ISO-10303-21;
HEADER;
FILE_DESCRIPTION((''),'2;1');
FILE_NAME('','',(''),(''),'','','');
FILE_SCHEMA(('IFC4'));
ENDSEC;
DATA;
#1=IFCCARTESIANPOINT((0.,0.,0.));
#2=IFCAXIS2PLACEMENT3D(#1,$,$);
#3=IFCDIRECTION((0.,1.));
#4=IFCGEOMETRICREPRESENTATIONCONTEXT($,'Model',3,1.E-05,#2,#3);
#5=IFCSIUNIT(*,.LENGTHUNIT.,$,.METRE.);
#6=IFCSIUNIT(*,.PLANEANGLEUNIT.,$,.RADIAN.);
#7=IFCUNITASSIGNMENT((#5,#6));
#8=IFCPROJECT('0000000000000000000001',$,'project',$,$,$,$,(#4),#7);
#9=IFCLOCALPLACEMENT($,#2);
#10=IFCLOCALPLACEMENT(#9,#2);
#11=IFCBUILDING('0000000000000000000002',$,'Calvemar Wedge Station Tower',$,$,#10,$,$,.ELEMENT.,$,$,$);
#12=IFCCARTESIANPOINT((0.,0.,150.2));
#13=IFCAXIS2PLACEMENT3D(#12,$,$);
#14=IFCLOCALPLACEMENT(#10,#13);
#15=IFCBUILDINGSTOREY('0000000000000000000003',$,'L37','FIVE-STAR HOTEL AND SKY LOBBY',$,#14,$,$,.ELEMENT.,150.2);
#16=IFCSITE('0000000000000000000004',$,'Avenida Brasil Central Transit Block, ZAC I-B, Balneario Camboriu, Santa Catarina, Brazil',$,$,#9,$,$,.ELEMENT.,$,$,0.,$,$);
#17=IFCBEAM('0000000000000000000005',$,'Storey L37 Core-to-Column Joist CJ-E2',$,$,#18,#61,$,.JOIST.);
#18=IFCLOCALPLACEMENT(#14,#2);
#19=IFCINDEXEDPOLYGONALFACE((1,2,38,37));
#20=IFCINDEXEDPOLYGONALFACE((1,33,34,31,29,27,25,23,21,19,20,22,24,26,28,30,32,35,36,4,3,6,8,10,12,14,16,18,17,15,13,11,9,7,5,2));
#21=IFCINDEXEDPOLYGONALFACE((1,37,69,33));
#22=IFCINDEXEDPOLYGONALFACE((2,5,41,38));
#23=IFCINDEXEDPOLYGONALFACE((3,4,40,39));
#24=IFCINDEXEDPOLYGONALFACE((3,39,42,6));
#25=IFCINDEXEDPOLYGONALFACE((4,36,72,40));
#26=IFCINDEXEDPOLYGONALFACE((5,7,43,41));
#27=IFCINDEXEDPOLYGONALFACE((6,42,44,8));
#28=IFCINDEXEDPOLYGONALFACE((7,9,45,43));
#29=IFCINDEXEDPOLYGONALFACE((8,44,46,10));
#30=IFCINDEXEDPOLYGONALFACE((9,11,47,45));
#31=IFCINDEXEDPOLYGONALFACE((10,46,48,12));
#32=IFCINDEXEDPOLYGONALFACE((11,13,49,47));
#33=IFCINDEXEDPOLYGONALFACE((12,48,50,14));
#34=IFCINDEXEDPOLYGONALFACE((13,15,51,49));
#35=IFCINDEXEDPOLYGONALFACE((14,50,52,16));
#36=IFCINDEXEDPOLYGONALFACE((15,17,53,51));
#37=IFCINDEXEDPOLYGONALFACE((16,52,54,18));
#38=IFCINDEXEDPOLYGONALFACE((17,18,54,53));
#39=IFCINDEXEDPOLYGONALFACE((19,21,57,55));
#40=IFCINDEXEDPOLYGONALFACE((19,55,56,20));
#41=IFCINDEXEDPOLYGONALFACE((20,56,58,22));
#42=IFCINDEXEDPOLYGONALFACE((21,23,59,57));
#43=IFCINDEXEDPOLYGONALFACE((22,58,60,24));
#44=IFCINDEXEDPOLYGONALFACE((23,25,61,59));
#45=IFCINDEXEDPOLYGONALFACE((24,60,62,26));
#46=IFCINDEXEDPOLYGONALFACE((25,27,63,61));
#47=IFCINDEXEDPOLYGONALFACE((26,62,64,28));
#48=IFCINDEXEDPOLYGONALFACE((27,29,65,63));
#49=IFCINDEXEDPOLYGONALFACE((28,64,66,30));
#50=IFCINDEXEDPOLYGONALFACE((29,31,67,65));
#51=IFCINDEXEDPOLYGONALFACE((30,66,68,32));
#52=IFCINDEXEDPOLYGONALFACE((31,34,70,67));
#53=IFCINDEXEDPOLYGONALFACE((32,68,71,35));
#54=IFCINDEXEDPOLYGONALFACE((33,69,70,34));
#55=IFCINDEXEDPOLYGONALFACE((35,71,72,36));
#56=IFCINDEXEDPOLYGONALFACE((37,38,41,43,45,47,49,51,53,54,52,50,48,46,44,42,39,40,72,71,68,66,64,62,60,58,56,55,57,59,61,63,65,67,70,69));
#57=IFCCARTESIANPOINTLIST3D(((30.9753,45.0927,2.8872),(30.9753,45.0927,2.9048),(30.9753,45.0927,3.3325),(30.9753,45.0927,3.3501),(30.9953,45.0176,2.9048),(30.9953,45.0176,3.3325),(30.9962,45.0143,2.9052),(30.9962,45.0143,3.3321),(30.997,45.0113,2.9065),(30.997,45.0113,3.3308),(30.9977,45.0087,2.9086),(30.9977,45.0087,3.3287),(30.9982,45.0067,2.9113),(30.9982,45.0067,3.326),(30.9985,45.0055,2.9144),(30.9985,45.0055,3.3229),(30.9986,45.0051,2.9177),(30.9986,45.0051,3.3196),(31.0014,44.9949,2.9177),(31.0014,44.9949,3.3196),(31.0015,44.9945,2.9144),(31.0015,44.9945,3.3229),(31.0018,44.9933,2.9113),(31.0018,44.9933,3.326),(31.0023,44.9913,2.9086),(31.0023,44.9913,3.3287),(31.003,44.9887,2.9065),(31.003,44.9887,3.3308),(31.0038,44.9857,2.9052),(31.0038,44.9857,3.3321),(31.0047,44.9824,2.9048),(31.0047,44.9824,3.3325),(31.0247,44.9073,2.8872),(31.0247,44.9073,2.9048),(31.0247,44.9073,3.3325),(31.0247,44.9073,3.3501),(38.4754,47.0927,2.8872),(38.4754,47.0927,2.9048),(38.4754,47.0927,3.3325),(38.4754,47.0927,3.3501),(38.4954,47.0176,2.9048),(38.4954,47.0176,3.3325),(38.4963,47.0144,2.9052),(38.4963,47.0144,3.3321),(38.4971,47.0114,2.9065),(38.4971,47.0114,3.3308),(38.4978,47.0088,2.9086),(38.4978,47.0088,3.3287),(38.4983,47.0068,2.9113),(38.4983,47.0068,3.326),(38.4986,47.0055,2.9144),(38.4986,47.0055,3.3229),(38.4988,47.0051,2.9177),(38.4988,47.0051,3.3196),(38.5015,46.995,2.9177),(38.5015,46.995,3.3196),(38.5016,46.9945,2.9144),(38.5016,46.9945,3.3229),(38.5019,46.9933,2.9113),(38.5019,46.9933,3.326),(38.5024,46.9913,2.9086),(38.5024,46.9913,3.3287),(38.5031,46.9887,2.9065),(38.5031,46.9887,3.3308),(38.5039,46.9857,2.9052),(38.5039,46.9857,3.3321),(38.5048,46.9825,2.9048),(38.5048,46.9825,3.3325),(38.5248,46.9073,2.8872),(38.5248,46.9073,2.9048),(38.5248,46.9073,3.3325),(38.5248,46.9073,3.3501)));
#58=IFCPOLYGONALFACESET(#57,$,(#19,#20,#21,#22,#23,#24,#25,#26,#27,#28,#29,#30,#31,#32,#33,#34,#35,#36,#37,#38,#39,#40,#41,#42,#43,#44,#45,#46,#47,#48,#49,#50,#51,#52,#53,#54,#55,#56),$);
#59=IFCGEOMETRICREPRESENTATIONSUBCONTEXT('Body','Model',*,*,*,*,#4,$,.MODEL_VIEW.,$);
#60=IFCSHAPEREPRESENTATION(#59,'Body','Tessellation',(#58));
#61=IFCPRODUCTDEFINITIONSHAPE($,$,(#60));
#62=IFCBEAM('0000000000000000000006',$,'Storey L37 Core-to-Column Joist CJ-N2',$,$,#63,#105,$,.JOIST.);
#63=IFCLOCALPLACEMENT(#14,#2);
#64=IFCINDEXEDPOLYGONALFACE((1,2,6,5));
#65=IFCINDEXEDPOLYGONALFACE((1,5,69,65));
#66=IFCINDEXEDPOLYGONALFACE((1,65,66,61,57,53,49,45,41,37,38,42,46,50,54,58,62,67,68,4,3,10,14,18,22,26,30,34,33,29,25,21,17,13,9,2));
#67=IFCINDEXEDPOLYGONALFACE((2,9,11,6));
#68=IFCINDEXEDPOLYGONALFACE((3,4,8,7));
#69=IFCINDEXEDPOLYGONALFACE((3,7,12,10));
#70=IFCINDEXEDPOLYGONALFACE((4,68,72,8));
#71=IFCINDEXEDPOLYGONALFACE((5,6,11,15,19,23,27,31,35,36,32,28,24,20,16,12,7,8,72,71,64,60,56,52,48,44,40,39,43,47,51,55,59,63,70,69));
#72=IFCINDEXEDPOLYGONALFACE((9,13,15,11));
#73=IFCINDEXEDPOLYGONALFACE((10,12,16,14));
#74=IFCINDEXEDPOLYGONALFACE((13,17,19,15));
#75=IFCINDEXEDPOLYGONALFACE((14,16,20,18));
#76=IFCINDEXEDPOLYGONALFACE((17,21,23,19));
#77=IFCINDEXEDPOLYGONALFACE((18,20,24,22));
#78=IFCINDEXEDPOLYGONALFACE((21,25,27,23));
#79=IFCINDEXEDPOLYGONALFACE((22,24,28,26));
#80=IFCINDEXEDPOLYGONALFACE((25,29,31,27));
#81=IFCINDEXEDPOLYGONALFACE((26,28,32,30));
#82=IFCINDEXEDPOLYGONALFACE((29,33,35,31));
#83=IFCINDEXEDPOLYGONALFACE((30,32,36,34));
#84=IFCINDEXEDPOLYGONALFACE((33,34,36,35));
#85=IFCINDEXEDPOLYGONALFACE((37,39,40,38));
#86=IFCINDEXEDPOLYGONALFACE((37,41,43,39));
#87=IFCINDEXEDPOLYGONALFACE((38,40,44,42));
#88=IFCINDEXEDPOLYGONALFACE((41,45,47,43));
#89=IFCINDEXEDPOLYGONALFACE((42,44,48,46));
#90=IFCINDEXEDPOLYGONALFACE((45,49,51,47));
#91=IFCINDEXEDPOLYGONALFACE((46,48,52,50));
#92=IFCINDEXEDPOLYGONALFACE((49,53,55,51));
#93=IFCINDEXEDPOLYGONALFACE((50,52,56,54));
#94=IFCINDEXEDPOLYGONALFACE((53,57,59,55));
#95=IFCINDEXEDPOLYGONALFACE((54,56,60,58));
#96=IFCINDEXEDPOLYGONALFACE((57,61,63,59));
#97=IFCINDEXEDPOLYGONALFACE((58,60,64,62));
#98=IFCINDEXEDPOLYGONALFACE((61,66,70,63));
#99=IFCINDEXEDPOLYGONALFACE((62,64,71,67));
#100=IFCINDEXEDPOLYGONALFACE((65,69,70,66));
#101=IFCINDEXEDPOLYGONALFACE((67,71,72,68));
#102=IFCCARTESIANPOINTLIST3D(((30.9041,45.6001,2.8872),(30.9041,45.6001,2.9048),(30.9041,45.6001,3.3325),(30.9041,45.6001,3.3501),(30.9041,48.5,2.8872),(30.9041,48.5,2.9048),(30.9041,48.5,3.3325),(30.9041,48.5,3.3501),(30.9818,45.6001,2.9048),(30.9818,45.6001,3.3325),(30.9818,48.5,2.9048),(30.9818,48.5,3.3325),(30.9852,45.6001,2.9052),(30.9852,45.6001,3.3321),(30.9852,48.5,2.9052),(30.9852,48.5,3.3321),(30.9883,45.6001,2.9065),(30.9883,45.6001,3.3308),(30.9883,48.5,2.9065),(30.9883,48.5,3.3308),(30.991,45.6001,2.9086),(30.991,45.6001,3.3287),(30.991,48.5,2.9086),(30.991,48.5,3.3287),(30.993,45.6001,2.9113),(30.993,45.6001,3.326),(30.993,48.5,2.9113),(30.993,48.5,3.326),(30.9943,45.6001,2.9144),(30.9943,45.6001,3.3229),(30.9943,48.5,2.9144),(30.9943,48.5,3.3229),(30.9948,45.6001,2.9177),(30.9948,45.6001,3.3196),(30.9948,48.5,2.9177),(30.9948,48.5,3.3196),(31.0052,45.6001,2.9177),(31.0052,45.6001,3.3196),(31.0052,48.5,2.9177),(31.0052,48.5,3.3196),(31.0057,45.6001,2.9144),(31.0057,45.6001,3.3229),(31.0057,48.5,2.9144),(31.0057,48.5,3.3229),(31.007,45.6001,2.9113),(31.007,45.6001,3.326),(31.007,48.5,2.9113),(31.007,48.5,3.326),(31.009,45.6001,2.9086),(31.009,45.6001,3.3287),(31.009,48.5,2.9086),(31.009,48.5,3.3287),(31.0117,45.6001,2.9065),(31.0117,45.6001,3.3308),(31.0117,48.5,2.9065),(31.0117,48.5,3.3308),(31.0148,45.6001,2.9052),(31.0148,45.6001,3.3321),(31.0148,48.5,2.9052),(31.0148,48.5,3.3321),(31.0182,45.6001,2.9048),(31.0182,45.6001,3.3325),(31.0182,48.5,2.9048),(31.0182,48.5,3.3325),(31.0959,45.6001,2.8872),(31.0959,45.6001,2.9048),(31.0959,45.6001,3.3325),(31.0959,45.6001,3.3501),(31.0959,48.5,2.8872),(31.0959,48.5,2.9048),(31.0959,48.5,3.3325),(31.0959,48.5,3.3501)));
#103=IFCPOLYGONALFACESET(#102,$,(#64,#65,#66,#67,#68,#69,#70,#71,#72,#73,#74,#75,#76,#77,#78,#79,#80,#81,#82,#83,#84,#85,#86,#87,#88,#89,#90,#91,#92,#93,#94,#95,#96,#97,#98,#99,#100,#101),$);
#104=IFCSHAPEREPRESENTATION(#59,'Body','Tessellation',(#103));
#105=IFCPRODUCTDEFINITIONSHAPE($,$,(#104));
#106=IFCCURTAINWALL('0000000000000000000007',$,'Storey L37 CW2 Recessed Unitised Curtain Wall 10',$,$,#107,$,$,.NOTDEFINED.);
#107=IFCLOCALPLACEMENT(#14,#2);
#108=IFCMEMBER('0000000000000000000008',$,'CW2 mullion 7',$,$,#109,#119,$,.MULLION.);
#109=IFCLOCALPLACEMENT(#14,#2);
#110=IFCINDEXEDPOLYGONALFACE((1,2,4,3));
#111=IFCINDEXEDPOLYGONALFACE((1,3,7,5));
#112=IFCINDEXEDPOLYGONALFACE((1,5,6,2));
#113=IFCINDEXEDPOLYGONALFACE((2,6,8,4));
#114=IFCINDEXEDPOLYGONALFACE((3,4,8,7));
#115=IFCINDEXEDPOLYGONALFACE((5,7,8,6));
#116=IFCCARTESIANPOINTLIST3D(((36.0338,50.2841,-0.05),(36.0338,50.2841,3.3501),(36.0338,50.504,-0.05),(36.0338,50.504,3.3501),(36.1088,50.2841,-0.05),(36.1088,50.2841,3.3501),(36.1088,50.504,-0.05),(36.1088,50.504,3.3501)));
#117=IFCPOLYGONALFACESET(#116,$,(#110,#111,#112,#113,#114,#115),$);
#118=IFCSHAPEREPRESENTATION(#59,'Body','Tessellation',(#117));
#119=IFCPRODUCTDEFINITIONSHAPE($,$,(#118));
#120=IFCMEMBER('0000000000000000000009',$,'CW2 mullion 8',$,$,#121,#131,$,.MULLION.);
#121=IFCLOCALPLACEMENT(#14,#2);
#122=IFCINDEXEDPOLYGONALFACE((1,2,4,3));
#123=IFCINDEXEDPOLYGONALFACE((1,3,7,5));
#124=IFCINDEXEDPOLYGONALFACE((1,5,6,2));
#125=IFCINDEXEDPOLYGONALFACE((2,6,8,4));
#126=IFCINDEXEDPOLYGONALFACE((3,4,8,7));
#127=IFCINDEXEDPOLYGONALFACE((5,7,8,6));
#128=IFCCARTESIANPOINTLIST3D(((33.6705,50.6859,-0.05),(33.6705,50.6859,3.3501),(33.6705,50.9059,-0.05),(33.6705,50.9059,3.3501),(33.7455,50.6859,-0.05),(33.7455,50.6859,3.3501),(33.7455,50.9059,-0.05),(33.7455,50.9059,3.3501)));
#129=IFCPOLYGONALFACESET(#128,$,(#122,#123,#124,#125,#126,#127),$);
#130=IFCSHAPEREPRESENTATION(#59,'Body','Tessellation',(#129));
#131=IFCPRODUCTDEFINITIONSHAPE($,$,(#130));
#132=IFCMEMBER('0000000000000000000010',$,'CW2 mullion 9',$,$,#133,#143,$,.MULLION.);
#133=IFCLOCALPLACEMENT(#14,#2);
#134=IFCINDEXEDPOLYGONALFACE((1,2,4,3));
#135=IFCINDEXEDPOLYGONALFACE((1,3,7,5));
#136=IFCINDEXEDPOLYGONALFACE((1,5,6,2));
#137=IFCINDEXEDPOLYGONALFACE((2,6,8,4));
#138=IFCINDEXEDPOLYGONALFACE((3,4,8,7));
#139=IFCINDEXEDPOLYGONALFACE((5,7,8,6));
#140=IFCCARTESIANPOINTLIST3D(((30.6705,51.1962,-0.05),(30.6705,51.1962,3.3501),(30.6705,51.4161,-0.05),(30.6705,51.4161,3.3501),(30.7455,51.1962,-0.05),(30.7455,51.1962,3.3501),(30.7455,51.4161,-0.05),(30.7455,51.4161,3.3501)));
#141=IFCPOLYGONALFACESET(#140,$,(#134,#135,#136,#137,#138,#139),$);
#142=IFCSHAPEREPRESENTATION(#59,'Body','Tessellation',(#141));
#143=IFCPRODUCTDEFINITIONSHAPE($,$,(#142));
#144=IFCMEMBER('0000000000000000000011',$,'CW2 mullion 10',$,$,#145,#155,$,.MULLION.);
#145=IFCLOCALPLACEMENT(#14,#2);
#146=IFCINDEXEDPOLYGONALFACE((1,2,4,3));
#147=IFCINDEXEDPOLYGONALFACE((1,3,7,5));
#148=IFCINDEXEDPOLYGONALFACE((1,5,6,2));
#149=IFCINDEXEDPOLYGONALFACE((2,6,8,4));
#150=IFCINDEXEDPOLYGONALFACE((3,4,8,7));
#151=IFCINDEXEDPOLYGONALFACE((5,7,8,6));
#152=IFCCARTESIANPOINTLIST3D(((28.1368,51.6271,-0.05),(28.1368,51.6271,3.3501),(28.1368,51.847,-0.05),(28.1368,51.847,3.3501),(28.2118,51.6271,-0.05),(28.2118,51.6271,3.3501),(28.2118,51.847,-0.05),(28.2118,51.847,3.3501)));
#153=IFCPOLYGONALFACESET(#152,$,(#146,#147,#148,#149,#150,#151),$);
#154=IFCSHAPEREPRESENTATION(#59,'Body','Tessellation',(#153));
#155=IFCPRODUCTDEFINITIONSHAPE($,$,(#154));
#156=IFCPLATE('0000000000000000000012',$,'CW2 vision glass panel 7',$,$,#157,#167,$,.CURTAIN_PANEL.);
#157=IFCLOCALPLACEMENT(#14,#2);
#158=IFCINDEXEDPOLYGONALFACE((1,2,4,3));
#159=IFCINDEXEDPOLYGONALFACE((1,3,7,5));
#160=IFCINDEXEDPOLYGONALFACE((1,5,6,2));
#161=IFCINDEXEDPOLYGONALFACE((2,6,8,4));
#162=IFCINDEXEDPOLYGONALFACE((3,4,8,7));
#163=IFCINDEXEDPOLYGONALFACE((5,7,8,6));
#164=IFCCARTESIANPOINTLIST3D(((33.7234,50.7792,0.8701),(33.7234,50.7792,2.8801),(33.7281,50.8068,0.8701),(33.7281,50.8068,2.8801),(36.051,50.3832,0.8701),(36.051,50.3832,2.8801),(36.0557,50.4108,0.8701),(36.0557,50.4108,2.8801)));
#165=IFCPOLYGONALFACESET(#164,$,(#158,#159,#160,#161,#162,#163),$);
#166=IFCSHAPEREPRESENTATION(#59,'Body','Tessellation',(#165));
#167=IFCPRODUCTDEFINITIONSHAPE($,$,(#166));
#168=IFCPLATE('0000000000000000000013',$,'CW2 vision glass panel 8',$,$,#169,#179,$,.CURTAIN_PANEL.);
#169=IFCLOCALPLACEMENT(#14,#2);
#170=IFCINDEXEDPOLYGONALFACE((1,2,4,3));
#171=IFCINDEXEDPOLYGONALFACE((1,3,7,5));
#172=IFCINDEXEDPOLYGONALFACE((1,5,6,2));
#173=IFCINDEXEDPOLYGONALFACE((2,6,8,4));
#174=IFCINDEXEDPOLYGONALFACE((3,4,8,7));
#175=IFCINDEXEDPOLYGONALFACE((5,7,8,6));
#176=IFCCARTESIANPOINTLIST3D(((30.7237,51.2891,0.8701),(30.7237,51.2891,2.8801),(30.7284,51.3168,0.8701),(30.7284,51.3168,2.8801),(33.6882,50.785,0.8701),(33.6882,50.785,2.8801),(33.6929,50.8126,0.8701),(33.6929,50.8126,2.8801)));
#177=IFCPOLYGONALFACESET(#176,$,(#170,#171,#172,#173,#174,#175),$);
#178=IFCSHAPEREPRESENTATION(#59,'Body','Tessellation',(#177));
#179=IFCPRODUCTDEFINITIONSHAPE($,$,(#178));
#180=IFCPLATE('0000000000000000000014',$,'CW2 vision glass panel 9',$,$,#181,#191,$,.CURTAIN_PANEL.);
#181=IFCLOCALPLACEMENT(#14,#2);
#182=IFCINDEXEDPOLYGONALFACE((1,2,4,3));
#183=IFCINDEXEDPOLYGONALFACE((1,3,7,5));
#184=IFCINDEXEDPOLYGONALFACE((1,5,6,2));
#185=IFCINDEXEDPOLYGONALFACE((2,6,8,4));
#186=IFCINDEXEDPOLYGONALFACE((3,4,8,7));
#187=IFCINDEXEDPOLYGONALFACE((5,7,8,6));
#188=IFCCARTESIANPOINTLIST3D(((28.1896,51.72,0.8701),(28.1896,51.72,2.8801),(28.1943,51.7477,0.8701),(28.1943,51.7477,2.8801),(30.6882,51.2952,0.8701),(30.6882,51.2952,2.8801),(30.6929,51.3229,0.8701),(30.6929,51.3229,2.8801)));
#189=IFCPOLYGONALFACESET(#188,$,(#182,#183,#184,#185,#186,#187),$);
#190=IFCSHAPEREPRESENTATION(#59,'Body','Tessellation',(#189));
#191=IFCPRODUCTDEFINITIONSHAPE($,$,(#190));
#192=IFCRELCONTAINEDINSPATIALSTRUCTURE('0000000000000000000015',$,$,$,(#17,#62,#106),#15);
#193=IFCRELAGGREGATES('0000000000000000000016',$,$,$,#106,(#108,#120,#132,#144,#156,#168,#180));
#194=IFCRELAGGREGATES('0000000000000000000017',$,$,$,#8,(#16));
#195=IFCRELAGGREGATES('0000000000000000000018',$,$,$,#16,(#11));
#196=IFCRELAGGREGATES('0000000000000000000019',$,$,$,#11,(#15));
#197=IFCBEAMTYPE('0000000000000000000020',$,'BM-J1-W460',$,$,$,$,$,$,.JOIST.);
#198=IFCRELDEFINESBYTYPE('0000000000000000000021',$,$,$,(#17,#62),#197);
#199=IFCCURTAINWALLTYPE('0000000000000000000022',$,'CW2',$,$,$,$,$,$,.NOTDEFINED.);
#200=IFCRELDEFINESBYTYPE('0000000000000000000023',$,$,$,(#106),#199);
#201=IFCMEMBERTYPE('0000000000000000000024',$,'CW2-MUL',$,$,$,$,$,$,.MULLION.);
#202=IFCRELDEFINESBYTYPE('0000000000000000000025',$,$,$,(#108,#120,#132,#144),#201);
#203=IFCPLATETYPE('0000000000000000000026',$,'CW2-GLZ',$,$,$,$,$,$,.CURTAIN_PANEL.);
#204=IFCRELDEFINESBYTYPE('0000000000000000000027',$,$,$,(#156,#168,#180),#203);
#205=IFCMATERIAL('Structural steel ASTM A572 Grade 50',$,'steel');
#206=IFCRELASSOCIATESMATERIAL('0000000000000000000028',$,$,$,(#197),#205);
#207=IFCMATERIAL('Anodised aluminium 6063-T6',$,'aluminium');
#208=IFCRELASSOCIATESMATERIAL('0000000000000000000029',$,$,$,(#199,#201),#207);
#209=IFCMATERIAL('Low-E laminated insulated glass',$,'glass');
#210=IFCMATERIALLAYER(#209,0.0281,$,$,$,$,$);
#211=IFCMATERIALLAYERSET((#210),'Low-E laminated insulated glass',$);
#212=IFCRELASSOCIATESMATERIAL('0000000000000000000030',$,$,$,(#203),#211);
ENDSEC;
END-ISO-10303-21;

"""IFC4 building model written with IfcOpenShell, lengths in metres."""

from ifc_helpers import new_model, si_unit, direction, frame, frame_2d, origin, origin_2d, place, context, subcontext, project, spatial, rectangle, i_section, extrude, source, transform, mapped, material, layer, layer_set, material_profile, profile_set, type_object, element, aggregate, save


model = new_model("IFC4")

# Units and contexts
model_context = context("Model", 3, precision=1e-05, world=origin(), true_north=direction((0.0, 1.0)))
body_context = subcontext(model_context, "Body", "Model", "MODEL_VIEW")
ifc_project = project(units=[si_unit("LENGTHUNIT", "METRE"), si_unit("PLANEANGLEUNIT", "RADIAN")], contexts=[model_context])

# Site, building, storey
site_placement = place(None, origin())
site = spatial("IfcSite", under=ifc_project, at=site_placement, Name="Avenida Brasil Central Transit Block, ZAC I-B, Balneario Camboriu, Santa Catarina, Brazil", CompositionType="ELEMENT", RefElevation=0.0)
building_placement = place(site_placement, origin())
building = spatial("IfcBuilding", under=site, at=building_placement, Name="Calvemar Wedge Station Tower", CompositionType="ELEMENT")
storey_placement = place(building_placement, frame((0.0, 0.0, 150.2)))
storey = spatial("IfcBuildingStorey", under=building, at=storey_placement, Name="L37", Description="FIVE-STAR HOTEL AND SKY LOBBY", CompositionType="ELEMENT", Elevation=150.2)

# Beams
ifc_material_1 = material(Name="Structural steel ASTM A572 Grade 50", Category="steel")
ifc_material_profile_1 = material_profile(ifc_material_1, i_section(OverallWidth=0.1919, OverallDepth=0.4629, WebThickness=0.0105, FlangeThickness=0.0176, FilletRadius=0.0129, at=origin_2d()), Name="W460x89")
ifc_profile_set_1 = profile_set([ifc_material_profile_1], Name="Structural steel ASTM A572 Grade 50")
beam_type_1 = type_object("IfcBeamType", Name="BM-J1-W460", PredefinedType="JOIST", material=ifc_profile_set_1)
shared_shape_1 = source(origin(), body_context, "Body", "SweptSolid", [
    extrude(i_section(OverallWidth=0.1919, OverallDepth=0.4629, WebThickness=0.0105, FlangeThickness=0.0176, FilletRadius=0.0129, at=origin_2d()), origin(), (0.0, 0.0, 1.0), 7.7622),
])
beam_1_placement = place(storey_placement, frame((31.0, 45.0, 3.1187), z_axis=(0.966235, 0.257663, 0.0), x_axis=(-0.257663, 0.966235, 0.0)))
element("IfcBeam", 1, at=beam_1_placement, inside=storey, type_object=beam_type_1, Name="Storey L37 Core-to-Column Joist CJ-E2", PredefinedType="JOIST", context=body_context, shape_type="MappedRepresentation", body=[
    mapped(shared_shape_1, transform((0.0, 0.0, 0.0), scale=1.0)),
])
shared_shape_2 = source(origin(), body_context, "Body", "SweptSolid", [
    extrude(i_section(OverallWidth=0.1919, OverallDepth=0.4629, WebThickness=0.0105, FlangeThickness=0.0176, FilletRadius=0.0129, at=origin_2d()), origin(), (0.0, 0.0, 1.0), 2.8999),
])
beam_2_placement = place(storey_placement, frame((31.0, 45.6001, 3.1187), z_axis=(0.0, 1.0, 0.0), x_axis=(-1.0, 0.0, 0.0)))
element("IfcBeam", 2, at=beam_2_placement, inside=storey, type_object=beam_type_1, Name="Storey L37 Core-to-Column Joist CJ-N2", PredefinedType="JOIST", context=body_context, shape_type="MappedRepresentation", body=[
    mapped(shared_shape_2, transform((0.0, 0.0, 0.0), scale=1.0)),
])

# Curtain wall, members, plates
ifc_material_2 = material(Name="Anodised aluminium 6063-T6", Category="aluminium")
curtain_wall_type = type_object("IfcCurtainWallType", Name="CW2", PredefinedType="NOTDEFINED", material=ifc_material_2)
curtain_wall_placement = place(storey_placement, origin())
curtain_wall = element("IfcCurtainWall", 3, at=curtain_wall_placement, inside=storey, type_object=curtain_wall_type, Name="Storey L37 CW2 Recessed Unitised Curtain Wall 10", PredefinedType="NOTDEFINED")
ifc_material_profile_2 = material_profile(ifc_material_2, rectangle(XDim=0.075, YDim=0.22, at=origin_2d()), Name="AL-MUL-75x220")
ifc_profile_set_2 = profile_set([ifc_material_profile_2], Name="Anodised aluminium 6063-T6")
member_type = type_object("IfcMemberType", Name="CW2-MUL", PredefinedType="MULLION", material=ifc_profile_set_2)
shared_shape_3 = source(origin(), body_context, "Body", "SweptSolid", [
    extrude(rectangle(XDim=0.075, YDim=0.22, at=origin_2d()), origin(), (0.0, 0.0, 1.0), 3.4001),
])
member_1_placement = place(storey_placement, frame((36.0713, 50.394, -0.05), z_axis=(0.0, 0.0, 1.0), x_axis=(1.0, 0.0, 0.0)))
member_1 = element("IfcMember", 4, at=member_1_placement, type_object=member_type, Name="CW2 mullion 7", PredefinedType="MULLION", context=body_context, shape_type="MappedRepresentation", body=[
    mapped(shared_shape_3, transform((0.0, 0.0, 0.0), scale=1.0)),
])
member_2_placement = place(storey_placement, frame((33.708, 50.7959, -0.05), z_axis=(0.0, 0.0, 1.0), x_axis=(1.0, 0.0, 0.0)))
member_2 = element("IfcMember", 5, at=member_2_placement, type_object=member_type, Name="CW2 mullion 8", PredefinedType="MULLION", context=body_context, shape_type="MappedRepresentation", body=[
    mapped(shared_shape_3, transform((0.0, 0.0, 0.0), scale=1.0)),
])
member_3_placement = place(storey_placement, frame((30.708, 51.3062, -0.05), z_axis=(0.0, 0.0, 1.0), x_axis=(1.0, 0.0, 0.0)))
member_3 = element("IfcMember", 6, at=member_3_placement, type_object=member_type, Name="CW2 mullion 9", PredefinedType="MULLION", context=body_context, shape_type="MappedRepresentation", body=[
    mapped(shared_shape_3, transform((0.0, 0.0, 0.0), scale=1.0)),
])
member_4_placement = place(storey_placement, frame((28.1743, 51.7371, -0.05), z_axis=(0.0, 0.0, 1.0), x_axis=(1.0, 0.0, 0.0)))
member_4 = element("IfcMember", 7, at=member_4_placement, type_object=member_type, Name="CW2 mullion 10", PredefinedType="MULLION", context=body_context, shape_type="MappedRepresentation", body=[
    mapped(shared_shape_3, transform((0.0, 0.0, 0.0), scale=1.0)),
])
ifc_material_3 = material(Name="Low-E laminated insulated glass", Category="glass")
ifc_layer_1 = layer(ifc_material_3, 0.0281)
ifc_layer_set_1 = layer_set([ifc_layer_1], Name="Low-E laminated insulated glass")
plate_type_1 = type_object("IfcPlateType", Name="CW2-GLZ", PredefinedType="CURTAIN_PANEL", material=ifc_layer_set_1)
plate_1_placement = place(storey_placement, frame((36.0535, 50.397, 0.8701), z_axis=(0.0, 0.0, 1.0), x_axis=(-0.985835, 0.167718, 0.0)))
plate_1 = element("IfcPlate", 8, at=plate_1_placement, type_object=plate_type_1, Name="CW2 vision glass panel 7", PredefinedType="CURTAIN_PANEL", context=body_context, shape_type="SweptSolid", body=[
    extrude(rectangle(XDim=2.3611, YDim=0.0281, at=frame_2d((1.1807, 0.0))), origin(), (0.0, 0.0, 1.0), 2.01),
])
plate_2_placement = place(storey_placement, frame((33.6904, 50.7988, 0.8701), z_axis=(0.0, 0.0, 1.0), x_axis=(-0.985847, 0.16765, 0.0)))
plate_2 = element("IfcPlate", 9, at=plate_2_placement, type_object=plate_type_1, Name="CW2 vision glass panel 8", PredefinedType="CURTAIN_PANEL", context=body_context, shape_type="SweptSolid", body=[
    extrude(rectangle(XDim=3.0071, YDim=0.0281, at=frame_2d((1.5034, 0.0))), origin(), (0.0, 0.0, 1.0), 2.01),
])
plate_3_placement = place(storey_placement, frame((30.6904, 51.3091, 0.8701), z_axis=(0.0, 0.0, 1.0), x_axis=(-0.985852, 0.167616, 0.0)))
plate_3 = element("IfcPlate", 10, at=plate_3_placement, type_object=plate_type_1, Name="CW2 vision glass panel 9", PredefinedType="CURTAIN_PANEL", context=body_context, shape_type="SweptSolid", body=[
    extrude(rectangle(XDim=2.5344, YDim=0.0281, at=frame_2d((1.2671, 0.0))), origin(), (0.0, 0.0, 1.0), 2.01),
])
aggregate(curtain_wall, [member_1, member_2, member_3, member_4, plate_1, plate_2, plate_3])

save(model, "model.ifc")
